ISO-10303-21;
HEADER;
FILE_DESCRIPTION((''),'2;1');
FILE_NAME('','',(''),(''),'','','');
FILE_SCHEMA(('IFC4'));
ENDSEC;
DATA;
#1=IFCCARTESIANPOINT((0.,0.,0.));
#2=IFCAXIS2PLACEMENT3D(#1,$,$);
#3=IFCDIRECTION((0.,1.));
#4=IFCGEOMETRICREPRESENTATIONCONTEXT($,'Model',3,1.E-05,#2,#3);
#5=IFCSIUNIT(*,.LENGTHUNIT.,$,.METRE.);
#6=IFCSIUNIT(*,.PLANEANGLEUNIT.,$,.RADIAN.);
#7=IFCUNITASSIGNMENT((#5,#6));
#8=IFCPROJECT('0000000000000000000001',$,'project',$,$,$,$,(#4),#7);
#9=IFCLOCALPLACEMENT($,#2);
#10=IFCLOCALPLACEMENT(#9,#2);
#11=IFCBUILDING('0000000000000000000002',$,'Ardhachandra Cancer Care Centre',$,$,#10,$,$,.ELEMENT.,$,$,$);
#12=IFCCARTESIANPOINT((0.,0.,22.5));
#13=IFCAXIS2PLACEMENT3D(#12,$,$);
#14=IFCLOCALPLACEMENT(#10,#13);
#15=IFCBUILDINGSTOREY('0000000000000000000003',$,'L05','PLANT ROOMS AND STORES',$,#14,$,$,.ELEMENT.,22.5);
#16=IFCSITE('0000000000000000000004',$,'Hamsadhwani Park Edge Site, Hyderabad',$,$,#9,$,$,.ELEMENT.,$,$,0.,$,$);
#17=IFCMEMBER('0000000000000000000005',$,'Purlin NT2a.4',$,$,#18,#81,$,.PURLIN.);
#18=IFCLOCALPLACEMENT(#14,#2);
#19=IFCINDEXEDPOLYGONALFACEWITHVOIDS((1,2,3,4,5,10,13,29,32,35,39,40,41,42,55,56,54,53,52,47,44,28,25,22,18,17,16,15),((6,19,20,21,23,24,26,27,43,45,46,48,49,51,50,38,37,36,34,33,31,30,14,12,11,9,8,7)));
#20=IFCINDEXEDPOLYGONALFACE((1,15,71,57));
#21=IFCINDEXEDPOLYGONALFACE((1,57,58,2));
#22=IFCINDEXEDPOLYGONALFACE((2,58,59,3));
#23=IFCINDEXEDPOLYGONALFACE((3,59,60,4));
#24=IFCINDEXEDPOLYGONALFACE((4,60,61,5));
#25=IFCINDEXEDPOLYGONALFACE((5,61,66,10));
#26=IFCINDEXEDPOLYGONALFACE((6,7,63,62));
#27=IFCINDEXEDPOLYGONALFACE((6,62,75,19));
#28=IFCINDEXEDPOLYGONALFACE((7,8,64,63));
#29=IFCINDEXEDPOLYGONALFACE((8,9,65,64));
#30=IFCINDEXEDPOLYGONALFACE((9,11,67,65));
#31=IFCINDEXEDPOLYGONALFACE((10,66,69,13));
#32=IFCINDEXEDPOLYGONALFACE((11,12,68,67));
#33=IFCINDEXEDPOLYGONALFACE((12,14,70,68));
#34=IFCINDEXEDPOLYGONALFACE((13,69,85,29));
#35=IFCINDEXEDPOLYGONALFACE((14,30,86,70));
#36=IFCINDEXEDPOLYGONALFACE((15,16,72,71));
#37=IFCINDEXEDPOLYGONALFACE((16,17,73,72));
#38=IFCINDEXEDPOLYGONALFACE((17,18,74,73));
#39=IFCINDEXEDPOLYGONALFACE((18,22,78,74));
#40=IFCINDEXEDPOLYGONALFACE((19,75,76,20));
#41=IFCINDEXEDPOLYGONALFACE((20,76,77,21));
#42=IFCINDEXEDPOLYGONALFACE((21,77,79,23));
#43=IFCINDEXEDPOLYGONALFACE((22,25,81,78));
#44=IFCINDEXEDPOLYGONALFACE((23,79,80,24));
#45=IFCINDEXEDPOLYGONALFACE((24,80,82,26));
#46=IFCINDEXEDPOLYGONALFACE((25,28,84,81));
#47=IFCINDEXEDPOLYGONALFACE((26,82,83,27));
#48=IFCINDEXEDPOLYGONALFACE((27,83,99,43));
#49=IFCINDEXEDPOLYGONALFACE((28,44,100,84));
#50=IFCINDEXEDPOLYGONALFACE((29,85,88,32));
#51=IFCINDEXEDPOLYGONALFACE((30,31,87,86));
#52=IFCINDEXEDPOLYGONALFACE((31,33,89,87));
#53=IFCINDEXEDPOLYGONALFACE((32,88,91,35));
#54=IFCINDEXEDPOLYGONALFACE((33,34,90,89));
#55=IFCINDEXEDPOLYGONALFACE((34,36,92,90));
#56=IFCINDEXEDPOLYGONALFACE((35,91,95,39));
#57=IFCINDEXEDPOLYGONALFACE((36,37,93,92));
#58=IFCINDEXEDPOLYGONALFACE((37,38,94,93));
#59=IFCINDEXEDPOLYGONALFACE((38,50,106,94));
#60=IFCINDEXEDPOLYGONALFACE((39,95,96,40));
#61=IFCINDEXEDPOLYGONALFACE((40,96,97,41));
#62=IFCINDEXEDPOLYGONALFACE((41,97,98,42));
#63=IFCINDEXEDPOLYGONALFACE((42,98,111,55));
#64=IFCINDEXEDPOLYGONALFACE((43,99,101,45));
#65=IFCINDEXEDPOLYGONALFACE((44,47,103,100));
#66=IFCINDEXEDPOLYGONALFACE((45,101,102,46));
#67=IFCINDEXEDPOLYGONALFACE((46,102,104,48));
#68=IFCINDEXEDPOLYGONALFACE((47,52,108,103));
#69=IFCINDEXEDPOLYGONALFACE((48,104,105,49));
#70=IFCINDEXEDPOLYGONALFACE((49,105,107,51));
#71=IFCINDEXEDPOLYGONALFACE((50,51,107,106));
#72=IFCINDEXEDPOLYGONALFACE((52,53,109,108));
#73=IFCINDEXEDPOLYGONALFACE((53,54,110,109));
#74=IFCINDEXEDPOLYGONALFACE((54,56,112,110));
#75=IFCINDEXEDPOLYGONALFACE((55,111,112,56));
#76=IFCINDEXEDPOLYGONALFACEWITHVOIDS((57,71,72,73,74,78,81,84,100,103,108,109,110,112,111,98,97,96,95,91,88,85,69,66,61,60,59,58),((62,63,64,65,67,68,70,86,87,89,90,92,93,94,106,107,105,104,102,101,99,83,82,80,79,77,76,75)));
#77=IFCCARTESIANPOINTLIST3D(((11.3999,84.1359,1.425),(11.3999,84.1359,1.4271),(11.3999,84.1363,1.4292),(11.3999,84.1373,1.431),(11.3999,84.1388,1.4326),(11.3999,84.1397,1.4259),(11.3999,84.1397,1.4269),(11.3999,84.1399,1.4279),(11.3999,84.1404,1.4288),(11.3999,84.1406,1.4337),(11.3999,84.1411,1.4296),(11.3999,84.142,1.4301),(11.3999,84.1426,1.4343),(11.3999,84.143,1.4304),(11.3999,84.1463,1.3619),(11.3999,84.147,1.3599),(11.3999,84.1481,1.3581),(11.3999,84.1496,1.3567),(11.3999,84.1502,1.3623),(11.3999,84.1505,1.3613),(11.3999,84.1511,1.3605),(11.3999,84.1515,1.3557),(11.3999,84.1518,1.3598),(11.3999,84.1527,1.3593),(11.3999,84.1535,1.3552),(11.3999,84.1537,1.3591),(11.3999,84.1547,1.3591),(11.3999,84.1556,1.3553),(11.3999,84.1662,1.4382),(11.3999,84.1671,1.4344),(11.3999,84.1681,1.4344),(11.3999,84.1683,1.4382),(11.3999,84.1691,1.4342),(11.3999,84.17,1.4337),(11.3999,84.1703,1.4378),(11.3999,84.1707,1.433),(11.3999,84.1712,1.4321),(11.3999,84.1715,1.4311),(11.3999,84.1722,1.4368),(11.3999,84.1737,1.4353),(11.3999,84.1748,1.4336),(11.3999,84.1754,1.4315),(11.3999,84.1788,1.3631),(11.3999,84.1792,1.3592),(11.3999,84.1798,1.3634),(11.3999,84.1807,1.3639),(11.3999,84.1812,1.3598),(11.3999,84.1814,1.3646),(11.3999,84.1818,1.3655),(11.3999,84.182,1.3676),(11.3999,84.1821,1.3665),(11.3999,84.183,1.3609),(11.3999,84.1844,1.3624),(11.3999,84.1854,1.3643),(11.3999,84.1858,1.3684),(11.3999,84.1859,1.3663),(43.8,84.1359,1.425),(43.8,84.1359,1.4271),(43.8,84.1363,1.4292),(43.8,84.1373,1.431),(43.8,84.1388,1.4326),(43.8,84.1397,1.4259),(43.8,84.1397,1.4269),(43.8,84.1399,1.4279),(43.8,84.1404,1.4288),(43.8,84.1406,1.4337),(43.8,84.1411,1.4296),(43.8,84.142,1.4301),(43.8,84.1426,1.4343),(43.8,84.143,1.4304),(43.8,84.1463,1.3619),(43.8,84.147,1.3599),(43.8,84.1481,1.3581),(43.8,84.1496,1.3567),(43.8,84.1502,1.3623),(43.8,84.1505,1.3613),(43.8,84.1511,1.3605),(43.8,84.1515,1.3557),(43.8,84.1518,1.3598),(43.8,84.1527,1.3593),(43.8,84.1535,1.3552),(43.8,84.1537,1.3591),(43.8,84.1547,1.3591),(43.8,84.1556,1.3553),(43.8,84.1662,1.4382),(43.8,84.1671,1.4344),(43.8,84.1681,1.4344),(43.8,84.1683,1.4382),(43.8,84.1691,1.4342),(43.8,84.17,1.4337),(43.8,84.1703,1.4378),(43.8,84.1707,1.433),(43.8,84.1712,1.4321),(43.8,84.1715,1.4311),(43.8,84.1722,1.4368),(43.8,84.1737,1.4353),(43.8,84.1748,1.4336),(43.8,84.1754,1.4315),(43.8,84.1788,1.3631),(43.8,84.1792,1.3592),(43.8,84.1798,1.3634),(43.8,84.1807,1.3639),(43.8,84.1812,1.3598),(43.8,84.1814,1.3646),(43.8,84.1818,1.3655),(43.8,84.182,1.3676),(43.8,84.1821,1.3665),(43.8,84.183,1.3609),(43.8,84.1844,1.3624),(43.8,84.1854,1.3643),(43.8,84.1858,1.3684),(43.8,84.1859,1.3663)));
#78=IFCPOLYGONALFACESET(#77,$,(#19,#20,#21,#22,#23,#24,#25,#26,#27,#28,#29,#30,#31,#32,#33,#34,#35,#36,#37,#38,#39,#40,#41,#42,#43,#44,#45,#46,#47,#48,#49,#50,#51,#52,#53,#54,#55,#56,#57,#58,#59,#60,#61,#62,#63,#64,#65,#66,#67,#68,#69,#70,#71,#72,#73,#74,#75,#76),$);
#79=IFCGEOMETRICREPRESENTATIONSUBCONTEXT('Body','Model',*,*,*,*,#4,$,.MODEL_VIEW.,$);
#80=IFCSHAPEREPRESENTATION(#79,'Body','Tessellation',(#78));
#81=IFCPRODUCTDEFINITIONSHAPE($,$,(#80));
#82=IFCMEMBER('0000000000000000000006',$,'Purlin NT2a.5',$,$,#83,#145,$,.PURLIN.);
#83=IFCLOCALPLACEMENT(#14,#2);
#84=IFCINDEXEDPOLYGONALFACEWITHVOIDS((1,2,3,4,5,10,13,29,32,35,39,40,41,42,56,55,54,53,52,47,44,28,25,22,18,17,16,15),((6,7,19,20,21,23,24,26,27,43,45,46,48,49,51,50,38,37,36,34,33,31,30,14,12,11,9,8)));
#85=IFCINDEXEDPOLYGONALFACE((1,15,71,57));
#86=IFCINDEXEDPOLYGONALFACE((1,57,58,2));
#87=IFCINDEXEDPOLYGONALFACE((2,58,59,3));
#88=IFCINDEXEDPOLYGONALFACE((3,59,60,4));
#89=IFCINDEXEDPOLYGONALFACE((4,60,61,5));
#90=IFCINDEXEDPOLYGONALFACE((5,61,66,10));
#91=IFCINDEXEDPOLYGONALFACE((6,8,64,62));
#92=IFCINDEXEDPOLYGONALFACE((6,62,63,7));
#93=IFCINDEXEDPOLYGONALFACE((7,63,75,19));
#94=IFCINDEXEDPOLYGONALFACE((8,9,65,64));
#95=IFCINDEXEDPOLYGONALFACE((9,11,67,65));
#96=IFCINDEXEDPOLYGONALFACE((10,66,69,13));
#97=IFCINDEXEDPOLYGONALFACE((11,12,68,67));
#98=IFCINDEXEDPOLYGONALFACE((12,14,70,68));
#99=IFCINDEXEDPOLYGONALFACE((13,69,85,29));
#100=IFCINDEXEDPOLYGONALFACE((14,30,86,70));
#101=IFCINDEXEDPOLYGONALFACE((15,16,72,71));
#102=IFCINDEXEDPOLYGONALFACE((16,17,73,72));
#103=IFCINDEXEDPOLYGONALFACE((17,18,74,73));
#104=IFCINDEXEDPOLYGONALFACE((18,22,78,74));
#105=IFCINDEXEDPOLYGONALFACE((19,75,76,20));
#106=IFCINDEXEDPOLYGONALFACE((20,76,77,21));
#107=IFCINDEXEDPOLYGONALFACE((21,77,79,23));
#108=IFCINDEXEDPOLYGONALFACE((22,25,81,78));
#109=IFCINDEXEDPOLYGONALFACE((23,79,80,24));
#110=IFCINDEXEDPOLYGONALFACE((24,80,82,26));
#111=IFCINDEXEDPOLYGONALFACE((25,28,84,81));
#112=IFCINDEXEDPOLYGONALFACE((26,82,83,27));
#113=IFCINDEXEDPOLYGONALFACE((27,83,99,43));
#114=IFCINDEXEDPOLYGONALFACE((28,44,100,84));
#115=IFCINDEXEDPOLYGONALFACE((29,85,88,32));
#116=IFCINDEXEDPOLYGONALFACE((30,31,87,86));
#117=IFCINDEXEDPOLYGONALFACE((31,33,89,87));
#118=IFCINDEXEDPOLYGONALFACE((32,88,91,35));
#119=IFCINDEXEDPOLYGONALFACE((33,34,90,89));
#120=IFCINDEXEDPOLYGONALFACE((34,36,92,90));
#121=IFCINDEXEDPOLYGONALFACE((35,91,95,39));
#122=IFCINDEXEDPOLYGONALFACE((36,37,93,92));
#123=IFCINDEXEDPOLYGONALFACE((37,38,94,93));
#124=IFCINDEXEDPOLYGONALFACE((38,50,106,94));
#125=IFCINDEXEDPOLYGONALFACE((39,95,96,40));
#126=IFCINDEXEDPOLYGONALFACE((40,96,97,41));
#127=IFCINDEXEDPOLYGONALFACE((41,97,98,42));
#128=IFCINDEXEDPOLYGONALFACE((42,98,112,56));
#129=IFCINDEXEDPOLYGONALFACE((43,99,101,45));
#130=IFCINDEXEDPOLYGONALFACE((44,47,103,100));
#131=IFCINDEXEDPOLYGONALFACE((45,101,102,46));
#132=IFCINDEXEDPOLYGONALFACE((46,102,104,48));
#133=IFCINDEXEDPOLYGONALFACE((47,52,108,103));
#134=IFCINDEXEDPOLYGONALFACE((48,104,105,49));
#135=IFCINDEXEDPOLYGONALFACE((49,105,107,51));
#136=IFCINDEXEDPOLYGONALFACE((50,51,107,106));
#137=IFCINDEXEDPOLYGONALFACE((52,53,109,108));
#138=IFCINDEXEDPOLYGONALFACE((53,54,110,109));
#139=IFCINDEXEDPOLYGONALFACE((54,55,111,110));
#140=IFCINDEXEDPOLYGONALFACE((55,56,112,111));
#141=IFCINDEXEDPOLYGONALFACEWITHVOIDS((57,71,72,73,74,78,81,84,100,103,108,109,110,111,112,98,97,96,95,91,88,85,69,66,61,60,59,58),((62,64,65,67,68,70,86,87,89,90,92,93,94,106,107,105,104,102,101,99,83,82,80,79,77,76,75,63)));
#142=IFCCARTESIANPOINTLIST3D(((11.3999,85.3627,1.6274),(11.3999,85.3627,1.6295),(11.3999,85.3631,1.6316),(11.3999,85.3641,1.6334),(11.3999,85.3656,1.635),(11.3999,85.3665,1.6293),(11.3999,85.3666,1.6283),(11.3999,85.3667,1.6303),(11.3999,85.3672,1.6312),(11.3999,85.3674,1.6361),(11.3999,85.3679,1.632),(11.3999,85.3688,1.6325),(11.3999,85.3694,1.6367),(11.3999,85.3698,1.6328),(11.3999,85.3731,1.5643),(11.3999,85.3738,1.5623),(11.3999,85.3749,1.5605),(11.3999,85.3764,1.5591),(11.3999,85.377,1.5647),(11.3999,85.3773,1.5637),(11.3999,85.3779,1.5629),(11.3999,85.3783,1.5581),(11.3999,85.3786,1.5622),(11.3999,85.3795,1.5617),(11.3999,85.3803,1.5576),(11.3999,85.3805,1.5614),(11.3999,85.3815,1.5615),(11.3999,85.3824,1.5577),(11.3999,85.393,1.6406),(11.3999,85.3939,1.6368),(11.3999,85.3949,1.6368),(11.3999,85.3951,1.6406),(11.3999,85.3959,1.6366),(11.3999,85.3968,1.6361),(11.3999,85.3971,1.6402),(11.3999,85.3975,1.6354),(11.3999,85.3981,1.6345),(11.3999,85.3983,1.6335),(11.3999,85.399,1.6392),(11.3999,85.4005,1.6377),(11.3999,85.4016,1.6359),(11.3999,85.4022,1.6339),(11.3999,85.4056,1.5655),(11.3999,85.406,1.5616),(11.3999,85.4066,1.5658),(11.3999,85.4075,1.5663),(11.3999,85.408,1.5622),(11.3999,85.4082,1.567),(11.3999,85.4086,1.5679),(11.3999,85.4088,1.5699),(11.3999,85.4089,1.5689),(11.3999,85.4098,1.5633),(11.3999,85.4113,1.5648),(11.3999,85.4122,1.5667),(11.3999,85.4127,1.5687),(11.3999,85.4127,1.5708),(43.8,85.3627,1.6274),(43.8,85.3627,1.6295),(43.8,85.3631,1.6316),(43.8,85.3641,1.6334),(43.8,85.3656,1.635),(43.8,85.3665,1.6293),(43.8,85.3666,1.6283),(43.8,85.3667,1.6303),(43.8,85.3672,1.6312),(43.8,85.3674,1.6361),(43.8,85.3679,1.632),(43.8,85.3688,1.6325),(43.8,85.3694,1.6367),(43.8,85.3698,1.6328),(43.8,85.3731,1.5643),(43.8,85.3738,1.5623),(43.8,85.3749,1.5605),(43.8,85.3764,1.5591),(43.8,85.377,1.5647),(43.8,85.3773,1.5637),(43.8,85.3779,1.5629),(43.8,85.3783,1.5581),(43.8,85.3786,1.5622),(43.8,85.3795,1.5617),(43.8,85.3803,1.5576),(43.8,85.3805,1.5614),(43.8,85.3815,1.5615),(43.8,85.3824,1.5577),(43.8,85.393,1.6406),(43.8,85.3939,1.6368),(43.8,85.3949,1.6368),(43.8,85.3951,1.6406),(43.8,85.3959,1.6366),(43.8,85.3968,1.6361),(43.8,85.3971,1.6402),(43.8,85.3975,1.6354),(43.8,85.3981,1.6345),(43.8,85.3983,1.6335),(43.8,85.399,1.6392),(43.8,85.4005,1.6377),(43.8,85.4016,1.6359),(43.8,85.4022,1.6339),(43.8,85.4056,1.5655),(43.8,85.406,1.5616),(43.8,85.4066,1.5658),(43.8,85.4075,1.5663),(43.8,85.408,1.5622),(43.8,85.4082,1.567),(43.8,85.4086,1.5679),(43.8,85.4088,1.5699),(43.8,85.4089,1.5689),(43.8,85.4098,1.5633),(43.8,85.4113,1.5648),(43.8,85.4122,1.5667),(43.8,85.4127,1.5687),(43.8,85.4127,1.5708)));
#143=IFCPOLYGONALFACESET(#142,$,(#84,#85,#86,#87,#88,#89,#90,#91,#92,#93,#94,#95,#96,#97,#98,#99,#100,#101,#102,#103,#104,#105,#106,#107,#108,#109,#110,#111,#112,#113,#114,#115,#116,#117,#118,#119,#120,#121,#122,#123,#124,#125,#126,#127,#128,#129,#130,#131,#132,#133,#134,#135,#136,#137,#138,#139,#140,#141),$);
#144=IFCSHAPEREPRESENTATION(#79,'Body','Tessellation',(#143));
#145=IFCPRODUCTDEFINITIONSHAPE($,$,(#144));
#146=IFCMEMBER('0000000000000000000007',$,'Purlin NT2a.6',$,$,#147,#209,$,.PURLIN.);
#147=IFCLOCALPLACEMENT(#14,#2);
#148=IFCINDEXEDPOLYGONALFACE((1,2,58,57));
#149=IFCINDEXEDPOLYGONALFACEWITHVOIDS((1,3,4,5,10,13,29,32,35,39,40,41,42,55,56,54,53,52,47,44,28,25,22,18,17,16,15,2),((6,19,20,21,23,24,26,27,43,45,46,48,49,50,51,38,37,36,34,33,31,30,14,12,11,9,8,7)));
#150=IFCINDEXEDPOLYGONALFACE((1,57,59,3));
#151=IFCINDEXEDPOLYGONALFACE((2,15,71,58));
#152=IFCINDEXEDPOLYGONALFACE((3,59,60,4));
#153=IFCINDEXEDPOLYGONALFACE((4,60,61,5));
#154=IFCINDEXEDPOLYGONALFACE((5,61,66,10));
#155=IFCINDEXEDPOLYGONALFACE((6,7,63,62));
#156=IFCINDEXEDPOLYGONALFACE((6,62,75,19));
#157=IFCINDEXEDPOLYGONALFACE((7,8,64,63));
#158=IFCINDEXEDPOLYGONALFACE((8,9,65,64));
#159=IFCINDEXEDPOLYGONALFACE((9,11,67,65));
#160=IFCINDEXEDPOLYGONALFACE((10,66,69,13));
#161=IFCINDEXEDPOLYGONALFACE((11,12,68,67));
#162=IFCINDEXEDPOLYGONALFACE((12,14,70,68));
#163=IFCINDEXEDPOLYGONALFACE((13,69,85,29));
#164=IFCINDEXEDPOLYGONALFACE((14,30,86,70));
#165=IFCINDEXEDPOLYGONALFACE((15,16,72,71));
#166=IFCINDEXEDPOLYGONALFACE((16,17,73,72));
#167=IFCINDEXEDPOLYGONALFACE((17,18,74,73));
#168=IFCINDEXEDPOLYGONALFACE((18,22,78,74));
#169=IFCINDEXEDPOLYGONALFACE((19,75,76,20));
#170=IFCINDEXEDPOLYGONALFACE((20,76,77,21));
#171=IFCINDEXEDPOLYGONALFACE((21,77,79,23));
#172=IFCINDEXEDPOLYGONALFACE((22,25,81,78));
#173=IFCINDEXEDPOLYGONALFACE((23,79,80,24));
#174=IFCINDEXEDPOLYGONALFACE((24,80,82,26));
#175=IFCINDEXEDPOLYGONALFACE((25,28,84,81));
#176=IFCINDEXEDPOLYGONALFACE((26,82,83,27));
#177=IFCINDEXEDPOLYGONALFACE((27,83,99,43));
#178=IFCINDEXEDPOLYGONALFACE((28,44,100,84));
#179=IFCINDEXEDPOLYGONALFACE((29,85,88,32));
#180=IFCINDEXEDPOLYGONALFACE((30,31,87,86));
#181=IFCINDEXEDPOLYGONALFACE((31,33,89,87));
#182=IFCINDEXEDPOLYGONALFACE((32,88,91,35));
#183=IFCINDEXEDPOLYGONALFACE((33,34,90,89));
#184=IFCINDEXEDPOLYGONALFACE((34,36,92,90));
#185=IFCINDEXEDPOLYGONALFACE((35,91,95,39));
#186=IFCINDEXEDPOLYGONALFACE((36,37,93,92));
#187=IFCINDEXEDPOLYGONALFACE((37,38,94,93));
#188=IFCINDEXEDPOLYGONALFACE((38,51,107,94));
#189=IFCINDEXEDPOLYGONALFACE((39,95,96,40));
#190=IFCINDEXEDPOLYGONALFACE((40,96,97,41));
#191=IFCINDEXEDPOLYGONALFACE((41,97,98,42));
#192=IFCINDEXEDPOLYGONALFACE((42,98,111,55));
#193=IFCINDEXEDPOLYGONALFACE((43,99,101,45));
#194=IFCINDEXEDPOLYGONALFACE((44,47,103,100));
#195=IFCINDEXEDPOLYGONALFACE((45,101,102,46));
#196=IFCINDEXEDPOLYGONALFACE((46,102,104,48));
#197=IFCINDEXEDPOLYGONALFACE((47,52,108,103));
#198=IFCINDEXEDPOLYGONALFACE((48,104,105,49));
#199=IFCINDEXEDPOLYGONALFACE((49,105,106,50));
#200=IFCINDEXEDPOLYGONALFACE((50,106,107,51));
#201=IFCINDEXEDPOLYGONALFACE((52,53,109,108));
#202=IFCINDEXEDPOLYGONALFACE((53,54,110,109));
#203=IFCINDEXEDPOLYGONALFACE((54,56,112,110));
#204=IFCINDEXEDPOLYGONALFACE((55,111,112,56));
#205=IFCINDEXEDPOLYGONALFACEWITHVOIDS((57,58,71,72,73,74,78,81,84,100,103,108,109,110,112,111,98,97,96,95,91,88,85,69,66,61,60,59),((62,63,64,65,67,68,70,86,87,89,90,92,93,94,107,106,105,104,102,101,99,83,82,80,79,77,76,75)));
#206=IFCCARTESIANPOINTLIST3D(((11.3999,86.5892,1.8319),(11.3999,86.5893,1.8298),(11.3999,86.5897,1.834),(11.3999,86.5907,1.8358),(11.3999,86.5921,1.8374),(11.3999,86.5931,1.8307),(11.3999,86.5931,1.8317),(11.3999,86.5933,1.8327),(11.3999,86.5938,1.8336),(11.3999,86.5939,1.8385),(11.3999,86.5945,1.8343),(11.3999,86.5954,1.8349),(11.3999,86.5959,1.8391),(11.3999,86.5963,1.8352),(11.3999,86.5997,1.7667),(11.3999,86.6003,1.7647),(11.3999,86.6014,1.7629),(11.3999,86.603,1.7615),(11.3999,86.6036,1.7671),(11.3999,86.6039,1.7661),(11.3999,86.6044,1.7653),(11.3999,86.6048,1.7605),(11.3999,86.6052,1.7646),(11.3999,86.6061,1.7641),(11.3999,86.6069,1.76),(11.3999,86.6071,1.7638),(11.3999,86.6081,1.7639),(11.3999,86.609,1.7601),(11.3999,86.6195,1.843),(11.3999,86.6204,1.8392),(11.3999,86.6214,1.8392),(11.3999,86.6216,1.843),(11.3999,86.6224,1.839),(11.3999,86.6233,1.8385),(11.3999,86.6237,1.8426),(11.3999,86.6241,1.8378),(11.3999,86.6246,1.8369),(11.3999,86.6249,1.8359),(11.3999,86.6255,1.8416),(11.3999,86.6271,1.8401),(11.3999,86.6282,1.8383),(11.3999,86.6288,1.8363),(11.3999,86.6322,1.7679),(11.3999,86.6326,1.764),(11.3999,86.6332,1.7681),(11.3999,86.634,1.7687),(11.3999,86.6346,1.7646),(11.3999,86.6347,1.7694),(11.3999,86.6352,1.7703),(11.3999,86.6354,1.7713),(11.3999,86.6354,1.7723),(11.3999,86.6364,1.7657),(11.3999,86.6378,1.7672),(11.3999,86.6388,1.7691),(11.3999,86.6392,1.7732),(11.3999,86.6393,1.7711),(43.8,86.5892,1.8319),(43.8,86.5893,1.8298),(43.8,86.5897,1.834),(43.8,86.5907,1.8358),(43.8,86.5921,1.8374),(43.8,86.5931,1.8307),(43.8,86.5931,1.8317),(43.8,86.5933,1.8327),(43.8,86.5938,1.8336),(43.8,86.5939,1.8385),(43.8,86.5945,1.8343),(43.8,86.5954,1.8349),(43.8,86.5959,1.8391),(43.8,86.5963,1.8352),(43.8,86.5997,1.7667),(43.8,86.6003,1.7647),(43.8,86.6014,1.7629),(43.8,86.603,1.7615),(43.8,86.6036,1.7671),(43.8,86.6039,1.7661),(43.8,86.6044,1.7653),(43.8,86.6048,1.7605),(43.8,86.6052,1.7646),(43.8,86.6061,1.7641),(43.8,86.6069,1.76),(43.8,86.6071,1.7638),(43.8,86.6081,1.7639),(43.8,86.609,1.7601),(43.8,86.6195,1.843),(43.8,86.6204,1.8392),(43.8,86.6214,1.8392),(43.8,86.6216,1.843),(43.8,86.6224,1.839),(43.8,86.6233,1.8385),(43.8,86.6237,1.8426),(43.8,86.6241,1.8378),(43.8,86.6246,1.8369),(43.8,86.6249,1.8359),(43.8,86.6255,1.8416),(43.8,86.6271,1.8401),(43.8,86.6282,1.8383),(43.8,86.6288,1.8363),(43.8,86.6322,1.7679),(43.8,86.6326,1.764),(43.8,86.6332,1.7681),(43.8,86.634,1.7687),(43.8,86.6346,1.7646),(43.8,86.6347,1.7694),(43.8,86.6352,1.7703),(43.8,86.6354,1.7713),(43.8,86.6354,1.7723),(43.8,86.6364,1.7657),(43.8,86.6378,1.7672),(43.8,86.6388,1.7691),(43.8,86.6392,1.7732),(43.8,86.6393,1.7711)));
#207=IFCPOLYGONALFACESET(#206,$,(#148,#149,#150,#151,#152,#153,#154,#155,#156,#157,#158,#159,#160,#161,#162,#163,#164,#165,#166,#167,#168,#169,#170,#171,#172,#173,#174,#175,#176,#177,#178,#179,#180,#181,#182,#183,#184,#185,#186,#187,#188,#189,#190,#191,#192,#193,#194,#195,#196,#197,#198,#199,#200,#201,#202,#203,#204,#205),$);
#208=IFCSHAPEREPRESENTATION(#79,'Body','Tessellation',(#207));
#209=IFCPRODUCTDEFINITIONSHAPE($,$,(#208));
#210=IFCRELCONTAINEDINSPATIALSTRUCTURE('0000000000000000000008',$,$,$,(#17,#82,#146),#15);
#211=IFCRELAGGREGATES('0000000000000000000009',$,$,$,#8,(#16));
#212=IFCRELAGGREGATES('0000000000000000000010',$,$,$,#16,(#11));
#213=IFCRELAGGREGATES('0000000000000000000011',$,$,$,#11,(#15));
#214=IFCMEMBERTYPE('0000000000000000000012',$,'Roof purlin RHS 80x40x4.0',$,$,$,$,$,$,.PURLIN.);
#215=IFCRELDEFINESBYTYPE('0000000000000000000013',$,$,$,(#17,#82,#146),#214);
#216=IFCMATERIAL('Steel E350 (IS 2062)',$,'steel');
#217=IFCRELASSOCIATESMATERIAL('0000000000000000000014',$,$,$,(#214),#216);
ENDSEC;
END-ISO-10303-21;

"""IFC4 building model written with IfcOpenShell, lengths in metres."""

from ifc_helpers import new_model, si_unit, direction, frame, origin, origin_2d, place, context, subcontext, project, spatial, hollow_rectangle, extrude, material, material_profile, profile_set, type_object, element, save


model = new_model("IFC4")

# Units and contexts
model_context = context("Model", 3, precision=1e-05, world=origin(), true_north=direction((0.0, 1.0)))
body_context = subcontext(model_context, "Body", "Model", "MODEL_VIEW")
ifc_project = project(units=[si_unit("LENGTHUNIT", "METRE"), si_unit("PLANEANGLEUNIT", "RADIAN")], contexts=[model_context])

# Site, building, storey
site_placement = place(None, origin())
site = spatial("IfcSite", under=ifc_project, at=site_placement, Name="Hamsadhwani Park Edge Site, Hyderabad", CompositionType="ELEMENT", RefElevation=0.0)
building_placement = place(site_placement, origin())
building = spatial("IfcBuilding", under=site, at=building_placement, Name="Ardhachandra Cancer Care Centre", CompositionType="ELEMENT")
storey_placement = place(building_placement, frame((0.0, 0.0, 22.5)))
storey = spatial("IfcBuildingStorey", under=building, at=storey_placement, Name="L05", Description="PLANT ROOMS AND STORES", CompositionType="ELEMENT", Elevation=22.5)

# Members
ifc_material_1 = material(Name="Steel E350 (IS 2062)", Category="steel")
ifc_material_profile_1 = material_profile(ifc_material_1, hollow_rectangle(XDim=0.04, YDim=0.0801, WallThickness=0.0039, InnerFilletRadius=0.0039, OuterFilletRadius=0.0081, at=origin_2d()), Name="RHS 80x40x4.0")
ifc_profile_set_1 = profile_set([ifc_material_profile_1], Name="Steel E350 (IS 2062)")
member_type_1 = type_object("IfcMemberType", Name="Roof purlin RHS 80x40x4.0", PredefinedType="PURLIN", material=ifc_profile_set_1)
for number, where, z_axis, x_axis, name in (
    (1, (11.3999, 84.1609, 1.3967), (1.0, 0.0, 0.0), (0.0, 0.986659, 0.162799), "Purlin NT2a.4"),
    (2, (11.3999, 85.3877, 1.5991), (1.0, 0.0, 0.0), (0.0, 0.986659, 0.162799), "Purlin NT2a.5"),
    (3, (11.3999, 86.6143, 1.8015), (1.0, 0.0, 0.0), (0.0, 0.986659, 0.162799), "Purlin NT2a.6"),
):
    element("IfcMember", number, at=place(storey_placement, frame(where, z_axis=z_axis, x_axis=x_axis)), inside=storey, type_object=member_type_1, Name=name, PredefinedType="PURLIN", context=body_context, shape_type="SweptSolid", body=[
        extrude(hollow_rectangle(XDim=0.04, YDim=0.0801, WallThickness=0.0039, InnerFilletRadius=0.0039, OuterFilletRadius=0.0081, at=origin_2d()), origin(), (0.0, 0.0, 1.0), 32.4001),
    ])

save(model, "model.ifc")
